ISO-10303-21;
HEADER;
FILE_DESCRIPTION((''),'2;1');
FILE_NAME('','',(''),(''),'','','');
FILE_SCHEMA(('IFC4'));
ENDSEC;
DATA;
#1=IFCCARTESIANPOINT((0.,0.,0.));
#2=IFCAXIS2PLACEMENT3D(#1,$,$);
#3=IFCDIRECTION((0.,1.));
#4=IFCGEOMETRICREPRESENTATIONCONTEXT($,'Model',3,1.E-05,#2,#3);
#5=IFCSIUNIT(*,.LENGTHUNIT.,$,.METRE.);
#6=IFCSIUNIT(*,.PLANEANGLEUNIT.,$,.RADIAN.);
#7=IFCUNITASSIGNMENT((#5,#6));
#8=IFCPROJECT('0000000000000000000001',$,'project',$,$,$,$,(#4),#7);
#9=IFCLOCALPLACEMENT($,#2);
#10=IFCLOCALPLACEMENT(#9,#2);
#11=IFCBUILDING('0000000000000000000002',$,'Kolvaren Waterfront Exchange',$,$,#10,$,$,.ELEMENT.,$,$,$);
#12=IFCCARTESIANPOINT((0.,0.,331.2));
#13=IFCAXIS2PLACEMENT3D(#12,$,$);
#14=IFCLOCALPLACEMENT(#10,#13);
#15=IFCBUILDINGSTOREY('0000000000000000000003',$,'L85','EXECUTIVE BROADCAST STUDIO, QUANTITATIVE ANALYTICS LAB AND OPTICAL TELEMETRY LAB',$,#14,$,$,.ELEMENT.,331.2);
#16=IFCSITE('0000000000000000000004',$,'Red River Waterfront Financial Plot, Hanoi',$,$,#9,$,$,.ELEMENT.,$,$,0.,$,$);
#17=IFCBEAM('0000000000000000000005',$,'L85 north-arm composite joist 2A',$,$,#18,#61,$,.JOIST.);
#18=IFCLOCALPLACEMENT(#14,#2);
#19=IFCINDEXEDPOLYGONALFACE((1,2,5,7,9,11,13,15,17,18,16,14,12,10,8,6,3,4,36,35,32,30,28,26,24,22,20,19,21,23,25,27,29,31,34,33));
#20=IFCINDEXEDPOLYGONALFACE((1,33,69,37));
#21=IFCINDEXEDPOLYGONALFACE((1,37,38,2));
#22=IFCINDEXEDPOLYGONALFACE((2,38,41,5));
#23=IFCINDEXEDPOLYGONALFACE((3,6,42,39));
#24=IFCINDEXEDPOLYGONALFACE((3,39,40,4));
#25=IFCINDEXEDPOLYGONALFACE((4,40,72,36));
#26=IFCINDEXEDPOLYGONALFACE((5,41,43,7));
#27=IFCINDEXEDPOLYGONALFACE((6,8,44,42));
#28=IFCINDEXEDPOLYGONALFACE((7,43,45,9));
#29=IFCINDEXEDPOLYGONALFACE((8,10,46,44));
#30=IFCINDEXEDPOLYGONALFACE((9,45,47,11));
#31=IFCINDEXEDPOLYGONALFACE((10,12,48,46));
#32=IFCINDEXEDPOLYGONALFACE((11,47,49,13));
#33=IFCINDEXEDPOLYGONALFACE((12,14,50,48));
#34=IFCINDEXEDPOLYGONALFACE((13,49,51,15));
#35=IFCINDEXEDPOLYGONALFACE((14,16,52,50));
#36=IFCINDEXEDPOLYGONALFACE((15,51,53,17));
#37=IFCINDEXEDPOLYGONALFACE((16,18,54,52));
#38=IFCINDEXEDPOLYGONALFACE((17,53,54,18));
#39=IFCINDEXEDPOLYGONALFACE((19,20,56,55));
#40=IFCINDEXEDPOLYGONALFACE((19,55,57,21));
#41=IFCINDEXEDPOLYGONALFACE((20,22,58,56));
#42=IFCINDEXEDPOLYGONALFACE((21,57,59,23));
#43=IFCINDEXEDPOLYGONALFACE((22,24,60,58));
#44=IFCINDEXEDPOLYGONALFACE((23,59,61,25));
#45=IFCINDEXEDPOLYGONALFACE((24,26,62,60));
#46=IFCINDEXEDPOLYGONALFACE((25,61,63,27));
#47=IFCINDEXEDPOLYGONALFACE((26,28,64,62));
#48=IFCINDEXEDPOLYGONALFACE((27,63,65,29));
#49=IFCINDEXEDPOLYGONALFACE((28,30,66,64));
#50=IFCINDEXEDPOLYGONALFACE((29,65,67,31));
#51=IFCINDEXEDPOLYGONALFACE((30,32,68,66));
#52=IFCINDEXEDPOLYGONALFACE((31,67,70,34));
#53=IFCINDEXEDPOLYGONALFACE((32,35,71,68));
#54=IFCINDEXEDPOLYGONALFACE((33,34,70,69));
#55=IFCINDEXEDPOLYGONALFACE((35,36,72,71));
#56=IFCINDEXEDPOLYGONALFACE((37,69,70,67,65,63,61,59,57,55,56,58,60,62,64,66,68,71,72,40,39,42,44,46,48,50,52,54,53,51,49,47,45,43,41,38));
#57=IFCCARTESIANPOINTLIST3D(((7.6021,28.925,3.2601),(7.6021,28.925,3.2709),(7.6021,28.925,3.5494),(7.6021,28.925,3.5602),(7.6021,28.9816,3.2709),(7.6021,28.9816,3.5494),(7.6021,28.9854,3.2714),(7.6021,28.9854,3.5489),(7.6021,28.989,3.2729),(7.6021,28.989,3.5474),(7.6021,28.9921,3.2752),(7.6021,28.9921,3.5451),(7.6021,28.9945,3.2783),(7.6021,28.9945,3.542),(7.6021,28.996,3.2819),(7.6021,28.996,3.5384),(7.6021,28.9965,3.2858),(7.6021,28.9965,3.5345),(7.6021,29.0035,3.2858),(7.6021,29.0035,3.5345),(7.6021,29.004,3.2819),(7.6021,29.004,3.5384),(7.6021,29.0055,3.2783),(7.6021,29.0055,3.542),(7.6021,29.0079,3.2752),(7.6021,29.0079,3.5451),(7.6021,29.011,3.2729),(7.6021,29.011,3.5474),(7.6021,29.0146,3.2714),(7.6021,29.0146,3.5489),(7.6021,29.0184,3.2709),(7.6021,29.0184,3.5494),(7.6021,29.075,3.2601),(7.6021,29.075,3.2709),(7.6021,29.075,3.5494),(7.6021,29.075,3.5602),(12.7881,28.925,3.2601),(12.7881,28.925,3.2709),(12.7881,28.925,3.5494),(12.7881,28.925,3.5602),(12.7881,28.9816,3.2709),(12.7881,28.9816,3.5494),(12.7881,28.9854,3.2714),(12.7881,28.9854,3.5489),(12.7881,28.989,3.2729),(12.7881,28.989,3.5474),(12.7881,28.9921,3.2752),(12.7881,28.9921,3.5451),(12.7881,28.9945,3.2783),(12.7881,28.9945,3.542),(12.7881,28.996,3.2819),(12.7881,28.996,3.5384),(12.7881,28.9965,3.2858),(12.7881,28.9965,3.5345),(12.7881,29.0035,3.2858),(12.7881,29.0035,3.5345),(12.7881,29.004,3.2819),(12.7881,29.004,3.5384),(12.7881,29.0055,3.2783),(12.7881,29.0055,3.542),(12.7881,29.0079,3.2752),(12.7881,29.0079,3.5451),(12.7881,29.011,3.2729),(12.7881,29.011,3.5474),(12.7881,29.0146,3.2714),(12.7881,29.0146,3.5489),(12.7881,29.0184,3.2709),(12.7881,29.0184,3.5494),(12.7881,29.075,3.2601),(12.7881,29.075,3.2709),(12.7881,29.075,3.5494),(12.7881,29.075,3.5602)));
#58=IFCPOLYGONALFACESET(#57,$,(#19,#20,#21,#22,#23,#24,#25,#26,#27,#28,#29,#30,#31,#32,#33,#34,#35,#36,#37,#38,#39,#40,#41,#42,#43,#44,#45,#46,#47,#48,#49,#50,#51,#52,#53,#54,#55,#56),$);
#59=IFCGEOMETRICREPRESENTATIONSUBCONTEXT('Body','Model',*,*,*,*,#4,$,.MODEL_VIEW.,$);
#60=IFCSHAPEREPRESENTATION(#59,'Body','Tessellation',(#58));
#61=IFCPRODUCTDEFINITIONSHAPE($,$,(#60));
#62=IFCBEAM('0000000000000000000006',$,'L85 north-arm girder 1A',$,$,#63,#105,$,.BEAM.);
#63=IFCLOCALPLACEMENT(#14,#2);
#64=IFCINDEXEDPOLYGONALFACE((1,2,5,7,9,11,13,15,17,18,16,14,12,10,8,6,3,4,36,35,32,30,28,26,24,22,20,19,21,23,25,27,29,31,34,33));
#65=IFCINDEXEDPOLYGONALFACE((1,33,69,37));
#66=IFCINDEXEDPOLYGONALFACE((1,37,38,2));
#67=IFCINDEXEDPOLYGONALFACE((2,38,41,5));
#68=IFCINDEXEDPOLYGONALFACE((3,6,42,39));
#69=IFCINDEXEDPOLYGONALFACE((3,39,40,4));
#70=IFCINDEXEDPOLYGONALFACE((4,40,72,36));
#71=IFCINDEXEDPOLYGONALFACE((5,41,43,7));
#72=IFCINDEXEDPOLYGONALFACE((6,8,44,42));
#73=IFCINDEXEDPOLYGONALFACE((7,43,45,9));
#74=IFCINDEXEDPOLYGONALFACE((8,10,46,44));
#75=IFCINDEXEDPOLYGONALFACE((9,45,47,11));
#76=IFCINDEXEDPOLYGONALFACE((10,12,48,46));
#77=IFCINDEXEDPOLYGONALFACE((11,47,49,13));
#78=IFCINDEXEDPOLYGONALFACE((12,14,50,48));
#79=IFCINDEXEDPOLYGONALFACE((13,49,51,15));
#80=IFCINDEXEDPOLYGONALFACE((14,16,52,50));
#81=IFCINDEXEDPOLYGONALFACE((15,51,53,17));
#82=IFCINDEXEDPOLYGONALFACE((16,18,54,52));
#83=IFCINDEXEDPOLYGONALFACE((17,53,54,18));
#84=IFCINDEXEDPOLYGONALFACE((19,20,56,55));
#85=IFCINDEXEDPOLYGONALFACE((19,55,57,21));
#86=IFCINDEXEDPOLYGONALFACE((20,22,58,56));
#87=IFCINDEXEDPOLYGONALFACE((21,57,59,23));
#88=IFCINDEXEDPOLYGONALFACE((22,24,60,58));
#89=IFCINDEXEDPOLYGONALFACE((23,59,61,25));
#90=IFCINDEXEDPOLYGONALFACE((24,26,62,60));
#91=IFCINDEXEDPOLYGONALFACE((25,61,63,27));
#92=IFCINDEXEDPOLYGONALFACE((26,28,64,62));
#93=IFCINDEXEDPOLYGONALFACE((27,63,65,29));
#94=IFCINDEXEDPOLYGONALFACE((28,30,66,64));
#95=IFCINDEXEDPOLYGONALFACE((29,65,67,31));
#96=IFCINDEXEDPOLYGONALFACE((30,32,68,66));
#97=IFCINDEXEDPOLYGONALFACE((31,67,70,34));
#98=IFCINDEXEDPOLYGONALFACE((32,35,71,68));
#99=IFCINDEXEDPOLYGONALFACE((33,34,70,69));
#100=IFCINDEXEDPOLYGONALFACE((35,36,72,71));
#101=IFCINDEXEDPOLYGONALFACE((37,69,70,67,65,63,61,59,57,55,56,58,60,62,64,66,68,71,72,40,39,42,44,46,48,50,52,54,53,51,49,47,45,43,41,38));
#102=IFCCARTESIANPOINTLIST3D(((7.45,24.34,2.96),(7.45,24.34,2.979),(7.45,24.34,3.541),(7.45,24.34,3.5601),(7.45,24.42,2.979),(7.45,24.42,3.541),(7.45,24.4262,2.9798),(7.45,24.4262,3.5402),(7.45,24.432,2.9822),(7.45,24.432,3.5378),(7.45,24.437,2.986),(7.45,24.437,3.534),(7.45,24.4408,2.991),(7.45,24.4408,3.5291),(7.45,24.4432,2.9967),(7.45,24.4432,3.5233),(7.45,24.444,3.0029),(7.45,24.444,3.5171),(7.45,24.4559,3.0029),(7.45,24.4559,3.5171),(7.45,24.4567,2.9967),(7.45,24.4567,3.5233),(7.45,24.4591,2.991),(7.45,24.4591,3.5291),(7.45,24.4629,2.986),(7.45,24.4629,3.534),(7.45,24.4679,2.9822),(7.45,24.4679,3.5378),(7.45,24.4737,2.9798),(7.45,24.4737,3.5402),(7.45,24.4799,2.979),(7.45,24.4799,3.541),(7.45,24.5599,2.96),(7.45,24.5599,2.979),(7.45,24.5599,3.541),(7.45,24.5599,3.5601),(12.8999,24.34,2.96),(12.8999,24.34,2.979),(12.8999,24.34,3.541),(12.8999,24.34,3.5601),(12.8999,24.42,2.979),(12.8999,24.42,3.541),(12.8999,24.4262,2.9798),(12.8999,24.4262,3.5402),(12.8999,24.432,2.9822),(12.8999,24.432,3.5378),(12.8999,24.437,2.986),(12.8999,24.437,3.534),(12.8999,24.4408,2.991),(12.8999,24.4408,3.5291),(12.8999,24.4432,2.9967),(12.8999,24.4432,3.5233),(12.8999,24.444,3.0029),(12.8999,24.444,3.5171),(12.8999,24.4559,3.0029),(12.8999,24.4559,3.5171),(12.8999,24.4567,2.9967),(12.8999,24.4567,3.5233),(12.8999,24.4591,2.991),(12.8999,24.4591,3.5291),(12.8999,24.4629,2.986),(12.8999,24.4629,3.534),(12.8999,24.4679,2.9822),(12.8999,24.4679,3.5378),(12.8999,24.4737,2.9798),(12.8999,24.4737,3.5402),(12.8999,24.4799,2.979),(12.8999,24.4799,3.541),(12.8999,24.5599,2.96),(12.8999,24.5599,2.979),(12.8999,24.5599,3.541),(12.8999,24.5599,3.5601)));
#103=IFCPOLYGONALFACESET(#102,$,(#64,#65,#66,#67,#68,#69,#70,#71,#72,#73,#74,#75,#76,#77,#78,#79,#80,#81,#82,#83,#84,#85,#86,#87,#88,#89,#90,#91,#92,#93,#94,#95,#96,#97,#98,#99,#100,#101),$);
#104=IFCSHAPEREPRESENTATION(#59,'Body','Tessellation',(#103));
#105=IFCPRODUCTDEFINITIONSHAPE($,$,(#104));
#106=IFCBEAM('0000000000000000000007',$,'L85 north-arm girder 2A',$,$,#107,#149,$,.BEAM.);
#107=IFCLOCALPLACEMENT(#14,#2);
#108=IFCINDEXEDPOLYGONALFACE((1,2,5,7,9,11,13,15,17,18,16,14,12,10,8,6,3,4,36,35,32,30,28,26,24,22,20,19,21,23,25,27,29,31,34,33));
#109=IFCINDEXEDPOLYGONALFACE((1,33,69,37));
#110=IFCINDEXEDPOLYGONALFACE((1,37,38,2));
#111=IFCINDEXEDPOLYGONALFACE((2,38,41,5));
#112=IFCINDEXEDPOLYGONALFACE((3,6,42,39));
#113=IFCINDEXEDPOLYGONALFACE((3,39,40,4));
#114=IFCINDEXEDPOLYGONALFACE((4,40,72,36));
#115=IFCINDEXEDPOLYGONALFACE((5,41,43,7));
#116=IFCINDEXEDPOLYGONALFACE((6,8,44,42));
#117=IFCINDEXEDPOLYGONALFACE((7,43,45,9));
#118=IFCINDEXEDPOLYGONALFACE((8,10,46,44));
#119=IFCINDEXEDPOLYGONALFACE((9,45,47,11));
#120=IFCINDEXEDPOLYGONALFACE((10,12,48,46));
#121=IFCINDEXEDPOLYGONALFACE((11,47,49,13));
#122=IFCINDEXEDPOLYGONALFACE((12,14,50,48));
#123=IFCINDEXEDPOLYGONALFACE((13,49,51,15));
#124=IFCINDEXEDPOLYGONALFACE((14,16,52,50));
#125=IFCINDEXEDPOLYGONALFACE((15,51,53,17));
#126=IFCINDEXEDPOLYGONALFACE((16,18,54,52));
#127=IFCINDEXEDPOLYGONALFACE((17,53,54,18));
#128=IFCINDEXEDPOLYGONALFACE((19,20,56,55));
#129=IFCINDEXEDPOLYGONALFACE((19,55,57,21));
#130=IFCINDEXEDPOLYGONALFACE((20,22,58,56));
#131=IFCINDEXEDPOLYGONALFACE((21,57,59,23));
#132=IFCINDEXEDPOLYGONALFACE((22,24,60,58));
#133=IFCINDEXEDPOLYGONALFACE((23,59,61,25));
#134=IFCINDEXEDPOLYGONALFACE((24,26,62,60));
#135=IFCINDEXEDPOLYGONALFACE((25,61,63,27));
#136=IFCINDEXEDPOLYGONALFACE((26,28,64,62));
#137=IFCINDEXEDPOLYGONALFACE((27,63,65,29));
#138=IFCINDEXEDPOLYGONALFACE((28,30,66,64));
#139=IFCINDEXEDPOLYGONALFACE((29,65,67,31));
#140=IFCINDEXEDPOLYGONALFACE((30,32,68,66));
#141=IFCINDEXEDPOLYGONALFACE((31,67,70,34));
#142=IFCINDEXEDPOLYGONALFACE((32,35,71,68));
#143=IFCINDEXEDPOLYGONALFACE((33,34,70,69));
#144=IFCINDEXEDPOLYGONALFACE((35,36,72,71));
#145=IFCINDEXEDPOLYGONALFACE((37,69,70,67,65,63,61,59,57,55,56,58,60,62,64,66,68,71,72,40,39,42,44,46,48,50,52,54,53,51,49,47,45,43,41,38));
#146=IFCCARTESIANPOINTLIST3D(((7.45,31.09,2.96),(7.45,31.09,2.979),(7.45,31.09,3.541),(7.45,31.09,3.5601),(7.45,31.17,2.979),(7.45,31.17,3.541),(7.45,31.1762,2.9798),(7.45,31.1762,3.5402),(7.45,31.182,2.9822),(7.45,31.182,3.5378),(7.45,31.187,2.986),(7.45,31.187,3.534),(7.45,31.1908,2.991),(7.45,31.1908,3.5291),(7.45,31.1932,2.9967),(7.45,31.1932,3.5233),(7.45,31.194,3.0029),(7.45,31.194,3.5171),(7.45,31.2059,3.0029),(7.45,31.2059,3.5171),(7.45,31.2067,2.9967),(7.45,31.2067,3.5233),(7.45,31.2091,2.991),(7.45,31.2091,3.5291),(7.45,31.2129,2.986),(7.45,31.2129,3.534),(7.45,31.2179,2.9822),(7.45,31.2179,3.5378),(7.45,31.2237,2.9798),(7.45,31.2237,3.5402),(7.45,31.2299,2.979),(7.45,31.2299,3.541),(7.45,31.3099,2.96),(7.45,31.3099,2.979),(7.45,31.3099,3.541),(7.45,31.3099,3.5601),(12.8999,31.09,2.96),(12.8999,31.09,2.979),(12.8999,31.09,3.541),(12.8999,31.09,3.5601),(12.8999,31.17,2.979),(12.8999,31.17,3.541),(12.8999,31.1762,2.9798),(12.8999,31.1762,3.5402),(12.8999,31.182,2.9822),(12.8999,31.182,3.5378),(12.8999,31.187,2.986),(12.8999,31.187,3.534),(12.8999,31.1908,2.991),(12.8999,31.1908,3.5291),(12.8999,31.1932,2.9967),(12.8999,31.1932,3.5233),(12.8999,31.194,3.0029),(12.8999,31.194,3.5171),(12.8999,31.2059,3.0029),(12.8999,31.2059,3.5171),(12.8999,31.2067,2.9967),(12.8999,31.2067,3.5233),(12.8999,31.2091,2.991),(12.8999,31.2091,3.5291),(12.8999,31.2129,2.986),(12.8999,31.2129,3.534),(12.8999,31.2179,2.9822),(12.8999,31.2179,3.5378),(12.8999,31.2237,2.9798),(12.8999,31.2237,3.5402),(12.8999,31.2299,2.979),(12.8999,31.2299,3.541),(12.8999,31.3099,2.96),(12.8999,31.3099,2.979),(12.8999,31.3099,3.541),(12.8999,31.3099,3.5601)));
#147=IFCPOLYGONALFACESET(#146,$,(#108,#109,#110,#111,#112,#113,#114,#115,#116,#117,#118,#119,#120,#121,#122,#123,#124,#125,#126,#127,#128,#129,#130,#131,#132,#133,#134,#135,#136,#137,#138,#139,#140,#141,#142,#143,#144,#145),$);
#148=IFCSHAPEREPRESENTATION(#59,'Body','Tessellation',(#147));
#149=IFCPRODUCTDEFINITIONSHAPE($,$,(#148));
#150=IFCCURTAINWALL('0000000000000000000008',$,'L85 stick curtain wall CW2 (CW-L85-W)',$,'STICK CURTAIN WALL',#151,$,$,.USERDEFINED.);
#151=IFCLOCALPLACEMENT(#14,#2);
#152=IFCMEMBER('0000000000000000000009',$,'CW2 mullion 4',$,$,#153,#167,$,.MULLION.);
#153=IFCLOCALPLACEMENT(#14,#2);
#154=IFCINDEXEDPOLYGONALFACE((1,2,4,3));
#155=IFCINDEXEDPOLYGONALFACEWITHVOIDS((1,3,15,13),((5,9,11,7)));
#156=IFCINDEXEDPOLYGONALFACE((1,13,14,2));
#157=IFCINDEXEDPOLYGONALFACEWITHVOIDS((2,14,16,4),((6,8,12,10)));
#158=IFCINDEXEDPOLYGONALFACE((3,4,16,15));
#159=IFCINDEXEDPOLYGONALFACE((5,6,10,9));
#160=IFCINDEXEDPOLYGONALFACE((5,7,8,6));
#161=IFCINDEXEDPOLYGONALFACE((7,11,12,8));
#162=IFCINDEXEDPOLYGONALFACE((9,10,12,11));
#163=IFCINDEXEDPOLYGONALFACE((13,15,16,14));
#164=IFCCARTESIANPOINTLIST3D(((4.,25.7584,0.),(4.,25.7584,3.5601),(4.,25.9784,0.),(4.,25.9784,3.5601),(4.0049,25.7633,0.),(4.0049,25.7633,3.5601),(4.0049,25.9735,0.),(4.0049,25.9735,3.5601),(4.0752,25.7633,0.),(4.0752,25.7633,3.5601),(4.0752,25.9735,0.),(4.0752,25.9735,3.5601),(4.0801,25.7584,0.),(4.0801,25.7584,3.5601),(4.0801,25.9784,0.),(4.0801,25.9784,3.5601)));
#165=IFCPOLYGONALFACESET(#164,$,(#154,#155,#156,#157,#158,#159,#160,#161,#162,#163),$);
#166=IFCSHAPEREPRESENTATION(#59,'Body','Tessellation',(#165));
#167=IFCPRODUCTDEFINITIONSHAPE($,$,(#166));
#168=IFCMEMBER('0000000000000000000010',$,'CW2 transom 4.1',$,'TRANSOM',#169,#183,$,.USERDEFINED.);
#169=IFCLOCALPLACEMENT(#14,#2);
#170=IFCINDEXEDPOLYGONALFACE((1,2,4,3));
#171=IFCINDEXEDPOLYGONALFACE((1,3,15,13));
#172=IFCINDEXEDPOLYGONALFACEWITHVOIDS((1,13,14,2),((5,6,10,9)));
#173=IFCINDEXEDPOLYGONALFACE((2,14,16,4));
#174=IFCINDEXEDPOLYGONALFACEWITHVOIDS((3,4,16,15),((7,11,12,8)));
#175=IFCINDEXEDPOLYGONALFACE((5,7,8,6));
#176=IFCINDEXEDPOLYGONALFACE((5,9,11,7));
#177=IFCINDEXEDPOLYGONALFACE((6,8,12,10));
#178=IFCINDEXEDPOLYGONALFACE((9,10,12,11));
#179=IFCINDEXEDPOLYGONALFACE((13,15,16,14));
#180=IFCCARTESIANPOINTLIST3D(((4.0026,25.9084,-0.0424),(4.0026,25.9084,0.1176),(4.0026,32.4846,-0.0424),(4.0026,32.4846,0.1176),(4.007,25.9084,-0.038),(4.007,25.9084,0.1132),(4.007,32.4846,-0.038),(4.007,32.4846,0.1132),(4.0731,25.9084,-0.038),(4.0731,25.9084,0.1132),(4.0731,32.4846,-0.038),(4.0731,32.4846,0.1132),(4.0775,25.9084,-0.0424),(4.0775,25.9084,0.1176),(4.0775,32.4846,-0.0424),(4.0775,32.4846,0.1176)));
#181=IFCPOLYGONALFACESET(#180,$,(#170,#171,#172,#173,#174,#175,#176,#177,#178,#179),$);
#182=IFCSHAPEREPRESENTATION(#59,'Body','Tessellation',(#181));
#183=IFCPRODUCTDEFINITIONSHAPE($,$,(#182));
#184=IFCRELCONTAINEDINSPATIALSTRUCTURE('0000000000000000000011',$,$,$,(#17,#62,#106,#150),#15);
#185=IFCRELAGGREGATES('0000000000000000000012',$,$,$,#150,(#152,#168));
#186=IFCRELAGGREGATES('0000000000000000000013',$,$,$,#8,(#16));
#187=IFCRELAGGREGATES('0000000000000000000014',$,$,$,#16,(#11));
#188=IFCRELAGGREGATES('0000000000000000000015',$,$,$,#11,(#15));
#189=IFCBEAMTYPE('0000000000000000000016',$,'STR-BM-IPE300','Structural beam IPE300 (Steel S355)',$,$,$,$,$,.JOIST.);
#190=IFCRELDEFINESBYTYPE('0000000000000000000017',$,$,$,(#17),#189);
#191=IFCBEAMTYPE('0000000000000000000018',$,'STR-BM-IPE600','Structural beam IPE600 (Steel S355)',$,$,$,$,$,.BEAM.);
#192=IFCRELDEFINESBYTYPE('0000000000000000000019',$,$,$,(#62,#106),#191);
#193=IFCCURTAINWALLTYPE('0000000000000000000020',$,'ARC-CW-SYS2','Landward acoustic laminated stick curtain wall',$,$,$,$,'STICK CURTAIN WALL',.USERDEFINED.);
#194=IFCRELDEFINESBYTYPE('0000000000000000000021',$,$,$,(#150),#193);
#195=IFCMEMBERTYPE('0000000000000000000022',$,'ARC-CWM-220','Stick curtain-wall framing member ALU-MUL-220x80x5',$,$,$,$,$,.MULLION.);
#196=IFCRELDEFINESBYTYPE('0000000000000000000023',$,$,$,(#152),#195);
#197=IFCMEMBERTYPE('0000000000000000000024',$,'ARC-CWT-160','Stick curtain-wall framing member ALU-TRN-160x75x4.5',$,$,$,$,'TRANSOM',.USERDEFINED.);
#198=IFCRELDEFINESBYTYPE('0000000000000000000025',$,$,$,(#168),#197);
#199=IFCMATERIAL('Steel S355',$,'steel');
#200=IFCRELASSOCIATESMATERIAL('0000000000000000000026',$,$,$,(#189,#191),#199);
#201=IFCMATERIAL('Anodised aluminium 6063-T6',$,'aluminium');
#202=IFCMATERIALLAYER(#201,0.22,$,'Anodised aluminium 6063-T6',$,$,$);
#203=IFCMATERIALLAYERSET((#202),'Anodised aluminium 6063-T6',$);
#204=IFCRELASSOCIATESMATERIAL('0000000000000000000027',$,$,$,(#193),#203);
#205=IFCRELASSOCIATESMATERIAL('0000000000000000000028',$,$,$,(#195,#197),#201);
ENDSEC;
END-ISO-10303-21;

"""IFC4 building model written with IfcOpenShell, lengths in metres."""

from ifc_helpers import new_model, si_unit, direction, frame, origin, origin_with_axes, origin_2d, place, context, subcontext, project, spatial, hollow_rectangle, i_section, extrude, source, transform, mapped, material, layer, layer_set, material_profile, profile_set, type_object, element, aggregate, save


model = new_model("IFC4")

# Units and contexts
model_context = context("Model", 3, precision=1e-05, world=origin(), true_north=direction((0.0, 1.0)))
body_context = subcontext(model_context, "Body", "Model", "MODEL_VIEW")
ifc_project = project(units=[si_unit("LENGTHUNIT", "METRE"), si_unit("PLANEANGLEUNIT", "RADIAN")], contexts=[model_context])

# Site, building, storey
site_placement = place(None, origin())
site = spatial("IfcSite", under=ifc_project, at=site_placement, Name="Red River Waterfront Financial Plot, Hanoi", CompositionType="ELEMENT", RefElevation=0.0)
building_placement = place(site_placement, origin())
building = spatial("IfcBuilding", under=site, at=building_placement, Name="Kolvaren Waterfront Exchange", CompositionType="ELEMENT")
storey_placement = place(building_placement, frame((0.0, 0.0, 331.2)))
storey = spatial("IfcBuildingStorey", under=building, at=storey_placement, Name="L85", Description="EXECUTIVE BROADCAST STUDIO, QUANTITATIVE ANALYTICS LAB AND OPTICAL TELEMETRY LAB", CompositionType="ELEMENT", Elevation=331.2)

# Beams
ifc_material_1 = material(Name="Steel S355", Category="steel")
ifc_material_profile_1 = material_profile(ifc_material_1, i_section(OverallWidth=0.1499, OverallDepth=0.3, WebThickness=0.0071, FlangeThickness=0.0107, FilletRadius=0.0149, at=origin_2d()), Name="IPE300")
ifc_profile_set_1 = profile_set([ifc_material_profile_1], Name="Steel S355")
beam_type_1 = type_object("IfcBeamType", Name="STR-BM-IPE300", Description="Structural beam IPE300 (Steel S355)", PredefinedType="JOIST", material=ifc_profile_set_1)
for number, where, z_axis, x_axis, name in (
    (1, (7.6021, 29.0, 3.4102), (1.0, 0.0, 0.0), (0.0, 1.0, 0.0), "L85 north-arm composite joist 2A"),
):
    element("IfcBeam", number, at=place(storey_placement, frame(where, z_axis=z_axis, x_axis=x_axis)), inside=storey, type_object=beam_type_1, Name=name, PredefinedType="JOIST", context=body_context, shape_type="SweptSolid", body=[
        extrude(i_section(OverallWidth=0.1499, OverallDepth=0.3, WebThickness=0.0071, FlangeThickness=0.0107, FilletRadius=0.0149, at=origin_2d()), origin(), (0.0, 0.0, 1.0), 5.186),
    ])
ifc_material_profile_2 = material_profile(ifc_material_1, i_section(OverallWidth=0.22, OverallDepth=0.6001, WebThickness=0.012, FlangeThickness=0.019, FilletRadius=0.0239, at=origin_2d()), Name="IPE600")
ifc_profile_set_2 = profile_set([ifc_material_profile_2], Name="Steel S355")
beam_type_2 = type_object("IfcBeamType", Name="STR-BM-IPE600", Description="Structural beam IPE600 (Steel S355)", PredefinedType="BEAM", material=ifc_profile_set_2)
for number, where, z_axis, x_axis, name in (
    (2, (7.45, 24.45, 3.26), (1.0, 0.0, 0.0), (0.0, 1.0, 0.0), "L85 north-arm girder 1A"),
    (3, (7.45, 31.2, 3.26), (1.0, 0.0, 0.0), (0.0, 1.0, 0.0), "L85 north-arm girder 2A"),
):
    element("IfcBeam", number, at=place(storey_placement, frame(where, z_axis=z_axis, x_axis=x_axis)), inside=storey, type_object=beam_type_2, Name=name, PredefinedType="BEAM", context=body_context, shape_type="SweptSolid", body=[
        extrude(i_section(OverallWidth=0.22, OverallDepth=0.6001, WebThickness=0.012, FlangeThickness=0.019, FilletRadius=0.0239, at=origin_2d()), origin(), (0.0, 0.0, 1.0), 5.45),
    ])

# Curtain wall, members
ifc_material_2 = material(Name="Anodised aluminium 6063-T6", Category="aluminium")
ifc_layer_1 = layer(ifc_material_2, 0.22, Name="Anodised aluminium 6063-T6")
ifc_layer_set_1 = layer_set([ifc_layer_1], Name="Anodised aluminium 6063-T6")
curtain_wall_type = type_object("IfcCurtainWallType", Name="ARC-CW-SYS2", Description="Landward acoustic laminated stick curtain wall", ElementType="STICK CURTAIN WALL", PredefinedType="USERDEFINED", material=ifc_layer_set_1)
curtain_wall_placement = place(storey_placement, origin())
curtain_wall = element("IfcCurtainWall", 4, at=curtain_wall_placement, inside=storey, type_object=curtain_wall_type, Name="L85 stick curtain wall CW2 (CW-L85-W)", ObjectType="STICK CURTAIN WALL", PredefinedType="USERDEFINED")
ifc_material_profile_3 = material_profile(ifc_material_2, hollow_rectangle(XDim=0.0801, YDim=0.22, WallThickness=0.0049, at=origin_2d()), Name="ALU-MUL-220x80x5")
ifc_profile_set_3 = profile_set([ifc_material_profile_3], Name="Anodised aluminium 6063-T6")
member_type_1 = type_object("IfcMemberType", Name="ARC-CWM-220", Description="Stick curtain-wall framing member ALU-MUL-220x80x5", PredefinedType="MULLION", material=ifc_profile_set_3)
shared_shape_1 = source(origin_with_axes(), body_context, "Body", "SweptSolid", [
    extrude(hollow_rectangle(XDim=0.0801, YDim=0.22, WallThickness=0.0049, at=origin_2d()), origin(), (0.0, 0.0, 1.0), 3.5601),
])
member_1_placement = place(storey_placement, frame((4.04, 25.8684, 0.0), z_axis=(0.0, 0.0, 1.0), x_axis=(-1.0, 0.0, 0.0)))
member_1 = element("IfcMember", 5, at=member_1_placement, type_object=member_type_1, Name="CW2 mullion 4", PredefinedType="MULLION", context=body_context, shape_type="MappedRepresentation", body=[
    mapped(shared_shape_1, transform((0.0, 0.0, 0.0), x_axis=(1.0, 0.0, 0.0), y_axis=(0.0, 1.0, 0.0), z_axis=(0.0, 0.0, 1.0), scale=1.0)),
])
ifc_material_profile_4 = material_profile(ifc_material_2, hollow_rectangle(XDim=0.075, YDim=0.1599, WallThickness=0.0044, at=origin_2d()), Name="ALU-TRN-160x75x4.5")
ifc_profile_set_4 = profile_set([ifc_material_profile_4], Name="Anodised aluminium 6063-T6")
member_type_2 = type_object("IfcMemberType", Name="ARC-CWT-160", Description="Stick curtain-wall framing member ALU-TRN-160x75x4.5", ElementType="TRANSOM", PredefinedType="USERDEFINED", material=ifc_profile_set_4)
shared_shape_2 = source(origin_with_axes(), body_context, "Body", "SweptSolid", [
    extrude(hollow_rectangle(XDim=0.075, YDim=0.1599, WallThickness=0.0044, at=origin_2d()), origin(), (0.0, 0.0, 1.0), 6.5762),
])
member_2_placement = place(storey_placement, frame((4.04, 25.9084, 0.0376), z_axis=(0.0, 1.0, 0.0), x_axis=(-1.0, 0.0, 0.0)))
member_2 = element("IfcMember", 6, at=member_2_placement, type_object=member_type_2, Name="CW2 transom 4.1", ObjectType="TRANSOM", PredefinedType="USERDEFINED", context=body_context, shape_type="MappedRepresentation", body=[
    mapped(shared_shape_2, transform((0.0, 0.0, 0.0), x_axis=(1.0, 0.0, 0.0), y_axis=(0.0, 1.0, 0.0), z_axis=(0.0, 0.0, 1.0), scale=1.0)),
])
aggregate(curtain_wall, [member_1, member_2])

save(model, "model.ifc")
